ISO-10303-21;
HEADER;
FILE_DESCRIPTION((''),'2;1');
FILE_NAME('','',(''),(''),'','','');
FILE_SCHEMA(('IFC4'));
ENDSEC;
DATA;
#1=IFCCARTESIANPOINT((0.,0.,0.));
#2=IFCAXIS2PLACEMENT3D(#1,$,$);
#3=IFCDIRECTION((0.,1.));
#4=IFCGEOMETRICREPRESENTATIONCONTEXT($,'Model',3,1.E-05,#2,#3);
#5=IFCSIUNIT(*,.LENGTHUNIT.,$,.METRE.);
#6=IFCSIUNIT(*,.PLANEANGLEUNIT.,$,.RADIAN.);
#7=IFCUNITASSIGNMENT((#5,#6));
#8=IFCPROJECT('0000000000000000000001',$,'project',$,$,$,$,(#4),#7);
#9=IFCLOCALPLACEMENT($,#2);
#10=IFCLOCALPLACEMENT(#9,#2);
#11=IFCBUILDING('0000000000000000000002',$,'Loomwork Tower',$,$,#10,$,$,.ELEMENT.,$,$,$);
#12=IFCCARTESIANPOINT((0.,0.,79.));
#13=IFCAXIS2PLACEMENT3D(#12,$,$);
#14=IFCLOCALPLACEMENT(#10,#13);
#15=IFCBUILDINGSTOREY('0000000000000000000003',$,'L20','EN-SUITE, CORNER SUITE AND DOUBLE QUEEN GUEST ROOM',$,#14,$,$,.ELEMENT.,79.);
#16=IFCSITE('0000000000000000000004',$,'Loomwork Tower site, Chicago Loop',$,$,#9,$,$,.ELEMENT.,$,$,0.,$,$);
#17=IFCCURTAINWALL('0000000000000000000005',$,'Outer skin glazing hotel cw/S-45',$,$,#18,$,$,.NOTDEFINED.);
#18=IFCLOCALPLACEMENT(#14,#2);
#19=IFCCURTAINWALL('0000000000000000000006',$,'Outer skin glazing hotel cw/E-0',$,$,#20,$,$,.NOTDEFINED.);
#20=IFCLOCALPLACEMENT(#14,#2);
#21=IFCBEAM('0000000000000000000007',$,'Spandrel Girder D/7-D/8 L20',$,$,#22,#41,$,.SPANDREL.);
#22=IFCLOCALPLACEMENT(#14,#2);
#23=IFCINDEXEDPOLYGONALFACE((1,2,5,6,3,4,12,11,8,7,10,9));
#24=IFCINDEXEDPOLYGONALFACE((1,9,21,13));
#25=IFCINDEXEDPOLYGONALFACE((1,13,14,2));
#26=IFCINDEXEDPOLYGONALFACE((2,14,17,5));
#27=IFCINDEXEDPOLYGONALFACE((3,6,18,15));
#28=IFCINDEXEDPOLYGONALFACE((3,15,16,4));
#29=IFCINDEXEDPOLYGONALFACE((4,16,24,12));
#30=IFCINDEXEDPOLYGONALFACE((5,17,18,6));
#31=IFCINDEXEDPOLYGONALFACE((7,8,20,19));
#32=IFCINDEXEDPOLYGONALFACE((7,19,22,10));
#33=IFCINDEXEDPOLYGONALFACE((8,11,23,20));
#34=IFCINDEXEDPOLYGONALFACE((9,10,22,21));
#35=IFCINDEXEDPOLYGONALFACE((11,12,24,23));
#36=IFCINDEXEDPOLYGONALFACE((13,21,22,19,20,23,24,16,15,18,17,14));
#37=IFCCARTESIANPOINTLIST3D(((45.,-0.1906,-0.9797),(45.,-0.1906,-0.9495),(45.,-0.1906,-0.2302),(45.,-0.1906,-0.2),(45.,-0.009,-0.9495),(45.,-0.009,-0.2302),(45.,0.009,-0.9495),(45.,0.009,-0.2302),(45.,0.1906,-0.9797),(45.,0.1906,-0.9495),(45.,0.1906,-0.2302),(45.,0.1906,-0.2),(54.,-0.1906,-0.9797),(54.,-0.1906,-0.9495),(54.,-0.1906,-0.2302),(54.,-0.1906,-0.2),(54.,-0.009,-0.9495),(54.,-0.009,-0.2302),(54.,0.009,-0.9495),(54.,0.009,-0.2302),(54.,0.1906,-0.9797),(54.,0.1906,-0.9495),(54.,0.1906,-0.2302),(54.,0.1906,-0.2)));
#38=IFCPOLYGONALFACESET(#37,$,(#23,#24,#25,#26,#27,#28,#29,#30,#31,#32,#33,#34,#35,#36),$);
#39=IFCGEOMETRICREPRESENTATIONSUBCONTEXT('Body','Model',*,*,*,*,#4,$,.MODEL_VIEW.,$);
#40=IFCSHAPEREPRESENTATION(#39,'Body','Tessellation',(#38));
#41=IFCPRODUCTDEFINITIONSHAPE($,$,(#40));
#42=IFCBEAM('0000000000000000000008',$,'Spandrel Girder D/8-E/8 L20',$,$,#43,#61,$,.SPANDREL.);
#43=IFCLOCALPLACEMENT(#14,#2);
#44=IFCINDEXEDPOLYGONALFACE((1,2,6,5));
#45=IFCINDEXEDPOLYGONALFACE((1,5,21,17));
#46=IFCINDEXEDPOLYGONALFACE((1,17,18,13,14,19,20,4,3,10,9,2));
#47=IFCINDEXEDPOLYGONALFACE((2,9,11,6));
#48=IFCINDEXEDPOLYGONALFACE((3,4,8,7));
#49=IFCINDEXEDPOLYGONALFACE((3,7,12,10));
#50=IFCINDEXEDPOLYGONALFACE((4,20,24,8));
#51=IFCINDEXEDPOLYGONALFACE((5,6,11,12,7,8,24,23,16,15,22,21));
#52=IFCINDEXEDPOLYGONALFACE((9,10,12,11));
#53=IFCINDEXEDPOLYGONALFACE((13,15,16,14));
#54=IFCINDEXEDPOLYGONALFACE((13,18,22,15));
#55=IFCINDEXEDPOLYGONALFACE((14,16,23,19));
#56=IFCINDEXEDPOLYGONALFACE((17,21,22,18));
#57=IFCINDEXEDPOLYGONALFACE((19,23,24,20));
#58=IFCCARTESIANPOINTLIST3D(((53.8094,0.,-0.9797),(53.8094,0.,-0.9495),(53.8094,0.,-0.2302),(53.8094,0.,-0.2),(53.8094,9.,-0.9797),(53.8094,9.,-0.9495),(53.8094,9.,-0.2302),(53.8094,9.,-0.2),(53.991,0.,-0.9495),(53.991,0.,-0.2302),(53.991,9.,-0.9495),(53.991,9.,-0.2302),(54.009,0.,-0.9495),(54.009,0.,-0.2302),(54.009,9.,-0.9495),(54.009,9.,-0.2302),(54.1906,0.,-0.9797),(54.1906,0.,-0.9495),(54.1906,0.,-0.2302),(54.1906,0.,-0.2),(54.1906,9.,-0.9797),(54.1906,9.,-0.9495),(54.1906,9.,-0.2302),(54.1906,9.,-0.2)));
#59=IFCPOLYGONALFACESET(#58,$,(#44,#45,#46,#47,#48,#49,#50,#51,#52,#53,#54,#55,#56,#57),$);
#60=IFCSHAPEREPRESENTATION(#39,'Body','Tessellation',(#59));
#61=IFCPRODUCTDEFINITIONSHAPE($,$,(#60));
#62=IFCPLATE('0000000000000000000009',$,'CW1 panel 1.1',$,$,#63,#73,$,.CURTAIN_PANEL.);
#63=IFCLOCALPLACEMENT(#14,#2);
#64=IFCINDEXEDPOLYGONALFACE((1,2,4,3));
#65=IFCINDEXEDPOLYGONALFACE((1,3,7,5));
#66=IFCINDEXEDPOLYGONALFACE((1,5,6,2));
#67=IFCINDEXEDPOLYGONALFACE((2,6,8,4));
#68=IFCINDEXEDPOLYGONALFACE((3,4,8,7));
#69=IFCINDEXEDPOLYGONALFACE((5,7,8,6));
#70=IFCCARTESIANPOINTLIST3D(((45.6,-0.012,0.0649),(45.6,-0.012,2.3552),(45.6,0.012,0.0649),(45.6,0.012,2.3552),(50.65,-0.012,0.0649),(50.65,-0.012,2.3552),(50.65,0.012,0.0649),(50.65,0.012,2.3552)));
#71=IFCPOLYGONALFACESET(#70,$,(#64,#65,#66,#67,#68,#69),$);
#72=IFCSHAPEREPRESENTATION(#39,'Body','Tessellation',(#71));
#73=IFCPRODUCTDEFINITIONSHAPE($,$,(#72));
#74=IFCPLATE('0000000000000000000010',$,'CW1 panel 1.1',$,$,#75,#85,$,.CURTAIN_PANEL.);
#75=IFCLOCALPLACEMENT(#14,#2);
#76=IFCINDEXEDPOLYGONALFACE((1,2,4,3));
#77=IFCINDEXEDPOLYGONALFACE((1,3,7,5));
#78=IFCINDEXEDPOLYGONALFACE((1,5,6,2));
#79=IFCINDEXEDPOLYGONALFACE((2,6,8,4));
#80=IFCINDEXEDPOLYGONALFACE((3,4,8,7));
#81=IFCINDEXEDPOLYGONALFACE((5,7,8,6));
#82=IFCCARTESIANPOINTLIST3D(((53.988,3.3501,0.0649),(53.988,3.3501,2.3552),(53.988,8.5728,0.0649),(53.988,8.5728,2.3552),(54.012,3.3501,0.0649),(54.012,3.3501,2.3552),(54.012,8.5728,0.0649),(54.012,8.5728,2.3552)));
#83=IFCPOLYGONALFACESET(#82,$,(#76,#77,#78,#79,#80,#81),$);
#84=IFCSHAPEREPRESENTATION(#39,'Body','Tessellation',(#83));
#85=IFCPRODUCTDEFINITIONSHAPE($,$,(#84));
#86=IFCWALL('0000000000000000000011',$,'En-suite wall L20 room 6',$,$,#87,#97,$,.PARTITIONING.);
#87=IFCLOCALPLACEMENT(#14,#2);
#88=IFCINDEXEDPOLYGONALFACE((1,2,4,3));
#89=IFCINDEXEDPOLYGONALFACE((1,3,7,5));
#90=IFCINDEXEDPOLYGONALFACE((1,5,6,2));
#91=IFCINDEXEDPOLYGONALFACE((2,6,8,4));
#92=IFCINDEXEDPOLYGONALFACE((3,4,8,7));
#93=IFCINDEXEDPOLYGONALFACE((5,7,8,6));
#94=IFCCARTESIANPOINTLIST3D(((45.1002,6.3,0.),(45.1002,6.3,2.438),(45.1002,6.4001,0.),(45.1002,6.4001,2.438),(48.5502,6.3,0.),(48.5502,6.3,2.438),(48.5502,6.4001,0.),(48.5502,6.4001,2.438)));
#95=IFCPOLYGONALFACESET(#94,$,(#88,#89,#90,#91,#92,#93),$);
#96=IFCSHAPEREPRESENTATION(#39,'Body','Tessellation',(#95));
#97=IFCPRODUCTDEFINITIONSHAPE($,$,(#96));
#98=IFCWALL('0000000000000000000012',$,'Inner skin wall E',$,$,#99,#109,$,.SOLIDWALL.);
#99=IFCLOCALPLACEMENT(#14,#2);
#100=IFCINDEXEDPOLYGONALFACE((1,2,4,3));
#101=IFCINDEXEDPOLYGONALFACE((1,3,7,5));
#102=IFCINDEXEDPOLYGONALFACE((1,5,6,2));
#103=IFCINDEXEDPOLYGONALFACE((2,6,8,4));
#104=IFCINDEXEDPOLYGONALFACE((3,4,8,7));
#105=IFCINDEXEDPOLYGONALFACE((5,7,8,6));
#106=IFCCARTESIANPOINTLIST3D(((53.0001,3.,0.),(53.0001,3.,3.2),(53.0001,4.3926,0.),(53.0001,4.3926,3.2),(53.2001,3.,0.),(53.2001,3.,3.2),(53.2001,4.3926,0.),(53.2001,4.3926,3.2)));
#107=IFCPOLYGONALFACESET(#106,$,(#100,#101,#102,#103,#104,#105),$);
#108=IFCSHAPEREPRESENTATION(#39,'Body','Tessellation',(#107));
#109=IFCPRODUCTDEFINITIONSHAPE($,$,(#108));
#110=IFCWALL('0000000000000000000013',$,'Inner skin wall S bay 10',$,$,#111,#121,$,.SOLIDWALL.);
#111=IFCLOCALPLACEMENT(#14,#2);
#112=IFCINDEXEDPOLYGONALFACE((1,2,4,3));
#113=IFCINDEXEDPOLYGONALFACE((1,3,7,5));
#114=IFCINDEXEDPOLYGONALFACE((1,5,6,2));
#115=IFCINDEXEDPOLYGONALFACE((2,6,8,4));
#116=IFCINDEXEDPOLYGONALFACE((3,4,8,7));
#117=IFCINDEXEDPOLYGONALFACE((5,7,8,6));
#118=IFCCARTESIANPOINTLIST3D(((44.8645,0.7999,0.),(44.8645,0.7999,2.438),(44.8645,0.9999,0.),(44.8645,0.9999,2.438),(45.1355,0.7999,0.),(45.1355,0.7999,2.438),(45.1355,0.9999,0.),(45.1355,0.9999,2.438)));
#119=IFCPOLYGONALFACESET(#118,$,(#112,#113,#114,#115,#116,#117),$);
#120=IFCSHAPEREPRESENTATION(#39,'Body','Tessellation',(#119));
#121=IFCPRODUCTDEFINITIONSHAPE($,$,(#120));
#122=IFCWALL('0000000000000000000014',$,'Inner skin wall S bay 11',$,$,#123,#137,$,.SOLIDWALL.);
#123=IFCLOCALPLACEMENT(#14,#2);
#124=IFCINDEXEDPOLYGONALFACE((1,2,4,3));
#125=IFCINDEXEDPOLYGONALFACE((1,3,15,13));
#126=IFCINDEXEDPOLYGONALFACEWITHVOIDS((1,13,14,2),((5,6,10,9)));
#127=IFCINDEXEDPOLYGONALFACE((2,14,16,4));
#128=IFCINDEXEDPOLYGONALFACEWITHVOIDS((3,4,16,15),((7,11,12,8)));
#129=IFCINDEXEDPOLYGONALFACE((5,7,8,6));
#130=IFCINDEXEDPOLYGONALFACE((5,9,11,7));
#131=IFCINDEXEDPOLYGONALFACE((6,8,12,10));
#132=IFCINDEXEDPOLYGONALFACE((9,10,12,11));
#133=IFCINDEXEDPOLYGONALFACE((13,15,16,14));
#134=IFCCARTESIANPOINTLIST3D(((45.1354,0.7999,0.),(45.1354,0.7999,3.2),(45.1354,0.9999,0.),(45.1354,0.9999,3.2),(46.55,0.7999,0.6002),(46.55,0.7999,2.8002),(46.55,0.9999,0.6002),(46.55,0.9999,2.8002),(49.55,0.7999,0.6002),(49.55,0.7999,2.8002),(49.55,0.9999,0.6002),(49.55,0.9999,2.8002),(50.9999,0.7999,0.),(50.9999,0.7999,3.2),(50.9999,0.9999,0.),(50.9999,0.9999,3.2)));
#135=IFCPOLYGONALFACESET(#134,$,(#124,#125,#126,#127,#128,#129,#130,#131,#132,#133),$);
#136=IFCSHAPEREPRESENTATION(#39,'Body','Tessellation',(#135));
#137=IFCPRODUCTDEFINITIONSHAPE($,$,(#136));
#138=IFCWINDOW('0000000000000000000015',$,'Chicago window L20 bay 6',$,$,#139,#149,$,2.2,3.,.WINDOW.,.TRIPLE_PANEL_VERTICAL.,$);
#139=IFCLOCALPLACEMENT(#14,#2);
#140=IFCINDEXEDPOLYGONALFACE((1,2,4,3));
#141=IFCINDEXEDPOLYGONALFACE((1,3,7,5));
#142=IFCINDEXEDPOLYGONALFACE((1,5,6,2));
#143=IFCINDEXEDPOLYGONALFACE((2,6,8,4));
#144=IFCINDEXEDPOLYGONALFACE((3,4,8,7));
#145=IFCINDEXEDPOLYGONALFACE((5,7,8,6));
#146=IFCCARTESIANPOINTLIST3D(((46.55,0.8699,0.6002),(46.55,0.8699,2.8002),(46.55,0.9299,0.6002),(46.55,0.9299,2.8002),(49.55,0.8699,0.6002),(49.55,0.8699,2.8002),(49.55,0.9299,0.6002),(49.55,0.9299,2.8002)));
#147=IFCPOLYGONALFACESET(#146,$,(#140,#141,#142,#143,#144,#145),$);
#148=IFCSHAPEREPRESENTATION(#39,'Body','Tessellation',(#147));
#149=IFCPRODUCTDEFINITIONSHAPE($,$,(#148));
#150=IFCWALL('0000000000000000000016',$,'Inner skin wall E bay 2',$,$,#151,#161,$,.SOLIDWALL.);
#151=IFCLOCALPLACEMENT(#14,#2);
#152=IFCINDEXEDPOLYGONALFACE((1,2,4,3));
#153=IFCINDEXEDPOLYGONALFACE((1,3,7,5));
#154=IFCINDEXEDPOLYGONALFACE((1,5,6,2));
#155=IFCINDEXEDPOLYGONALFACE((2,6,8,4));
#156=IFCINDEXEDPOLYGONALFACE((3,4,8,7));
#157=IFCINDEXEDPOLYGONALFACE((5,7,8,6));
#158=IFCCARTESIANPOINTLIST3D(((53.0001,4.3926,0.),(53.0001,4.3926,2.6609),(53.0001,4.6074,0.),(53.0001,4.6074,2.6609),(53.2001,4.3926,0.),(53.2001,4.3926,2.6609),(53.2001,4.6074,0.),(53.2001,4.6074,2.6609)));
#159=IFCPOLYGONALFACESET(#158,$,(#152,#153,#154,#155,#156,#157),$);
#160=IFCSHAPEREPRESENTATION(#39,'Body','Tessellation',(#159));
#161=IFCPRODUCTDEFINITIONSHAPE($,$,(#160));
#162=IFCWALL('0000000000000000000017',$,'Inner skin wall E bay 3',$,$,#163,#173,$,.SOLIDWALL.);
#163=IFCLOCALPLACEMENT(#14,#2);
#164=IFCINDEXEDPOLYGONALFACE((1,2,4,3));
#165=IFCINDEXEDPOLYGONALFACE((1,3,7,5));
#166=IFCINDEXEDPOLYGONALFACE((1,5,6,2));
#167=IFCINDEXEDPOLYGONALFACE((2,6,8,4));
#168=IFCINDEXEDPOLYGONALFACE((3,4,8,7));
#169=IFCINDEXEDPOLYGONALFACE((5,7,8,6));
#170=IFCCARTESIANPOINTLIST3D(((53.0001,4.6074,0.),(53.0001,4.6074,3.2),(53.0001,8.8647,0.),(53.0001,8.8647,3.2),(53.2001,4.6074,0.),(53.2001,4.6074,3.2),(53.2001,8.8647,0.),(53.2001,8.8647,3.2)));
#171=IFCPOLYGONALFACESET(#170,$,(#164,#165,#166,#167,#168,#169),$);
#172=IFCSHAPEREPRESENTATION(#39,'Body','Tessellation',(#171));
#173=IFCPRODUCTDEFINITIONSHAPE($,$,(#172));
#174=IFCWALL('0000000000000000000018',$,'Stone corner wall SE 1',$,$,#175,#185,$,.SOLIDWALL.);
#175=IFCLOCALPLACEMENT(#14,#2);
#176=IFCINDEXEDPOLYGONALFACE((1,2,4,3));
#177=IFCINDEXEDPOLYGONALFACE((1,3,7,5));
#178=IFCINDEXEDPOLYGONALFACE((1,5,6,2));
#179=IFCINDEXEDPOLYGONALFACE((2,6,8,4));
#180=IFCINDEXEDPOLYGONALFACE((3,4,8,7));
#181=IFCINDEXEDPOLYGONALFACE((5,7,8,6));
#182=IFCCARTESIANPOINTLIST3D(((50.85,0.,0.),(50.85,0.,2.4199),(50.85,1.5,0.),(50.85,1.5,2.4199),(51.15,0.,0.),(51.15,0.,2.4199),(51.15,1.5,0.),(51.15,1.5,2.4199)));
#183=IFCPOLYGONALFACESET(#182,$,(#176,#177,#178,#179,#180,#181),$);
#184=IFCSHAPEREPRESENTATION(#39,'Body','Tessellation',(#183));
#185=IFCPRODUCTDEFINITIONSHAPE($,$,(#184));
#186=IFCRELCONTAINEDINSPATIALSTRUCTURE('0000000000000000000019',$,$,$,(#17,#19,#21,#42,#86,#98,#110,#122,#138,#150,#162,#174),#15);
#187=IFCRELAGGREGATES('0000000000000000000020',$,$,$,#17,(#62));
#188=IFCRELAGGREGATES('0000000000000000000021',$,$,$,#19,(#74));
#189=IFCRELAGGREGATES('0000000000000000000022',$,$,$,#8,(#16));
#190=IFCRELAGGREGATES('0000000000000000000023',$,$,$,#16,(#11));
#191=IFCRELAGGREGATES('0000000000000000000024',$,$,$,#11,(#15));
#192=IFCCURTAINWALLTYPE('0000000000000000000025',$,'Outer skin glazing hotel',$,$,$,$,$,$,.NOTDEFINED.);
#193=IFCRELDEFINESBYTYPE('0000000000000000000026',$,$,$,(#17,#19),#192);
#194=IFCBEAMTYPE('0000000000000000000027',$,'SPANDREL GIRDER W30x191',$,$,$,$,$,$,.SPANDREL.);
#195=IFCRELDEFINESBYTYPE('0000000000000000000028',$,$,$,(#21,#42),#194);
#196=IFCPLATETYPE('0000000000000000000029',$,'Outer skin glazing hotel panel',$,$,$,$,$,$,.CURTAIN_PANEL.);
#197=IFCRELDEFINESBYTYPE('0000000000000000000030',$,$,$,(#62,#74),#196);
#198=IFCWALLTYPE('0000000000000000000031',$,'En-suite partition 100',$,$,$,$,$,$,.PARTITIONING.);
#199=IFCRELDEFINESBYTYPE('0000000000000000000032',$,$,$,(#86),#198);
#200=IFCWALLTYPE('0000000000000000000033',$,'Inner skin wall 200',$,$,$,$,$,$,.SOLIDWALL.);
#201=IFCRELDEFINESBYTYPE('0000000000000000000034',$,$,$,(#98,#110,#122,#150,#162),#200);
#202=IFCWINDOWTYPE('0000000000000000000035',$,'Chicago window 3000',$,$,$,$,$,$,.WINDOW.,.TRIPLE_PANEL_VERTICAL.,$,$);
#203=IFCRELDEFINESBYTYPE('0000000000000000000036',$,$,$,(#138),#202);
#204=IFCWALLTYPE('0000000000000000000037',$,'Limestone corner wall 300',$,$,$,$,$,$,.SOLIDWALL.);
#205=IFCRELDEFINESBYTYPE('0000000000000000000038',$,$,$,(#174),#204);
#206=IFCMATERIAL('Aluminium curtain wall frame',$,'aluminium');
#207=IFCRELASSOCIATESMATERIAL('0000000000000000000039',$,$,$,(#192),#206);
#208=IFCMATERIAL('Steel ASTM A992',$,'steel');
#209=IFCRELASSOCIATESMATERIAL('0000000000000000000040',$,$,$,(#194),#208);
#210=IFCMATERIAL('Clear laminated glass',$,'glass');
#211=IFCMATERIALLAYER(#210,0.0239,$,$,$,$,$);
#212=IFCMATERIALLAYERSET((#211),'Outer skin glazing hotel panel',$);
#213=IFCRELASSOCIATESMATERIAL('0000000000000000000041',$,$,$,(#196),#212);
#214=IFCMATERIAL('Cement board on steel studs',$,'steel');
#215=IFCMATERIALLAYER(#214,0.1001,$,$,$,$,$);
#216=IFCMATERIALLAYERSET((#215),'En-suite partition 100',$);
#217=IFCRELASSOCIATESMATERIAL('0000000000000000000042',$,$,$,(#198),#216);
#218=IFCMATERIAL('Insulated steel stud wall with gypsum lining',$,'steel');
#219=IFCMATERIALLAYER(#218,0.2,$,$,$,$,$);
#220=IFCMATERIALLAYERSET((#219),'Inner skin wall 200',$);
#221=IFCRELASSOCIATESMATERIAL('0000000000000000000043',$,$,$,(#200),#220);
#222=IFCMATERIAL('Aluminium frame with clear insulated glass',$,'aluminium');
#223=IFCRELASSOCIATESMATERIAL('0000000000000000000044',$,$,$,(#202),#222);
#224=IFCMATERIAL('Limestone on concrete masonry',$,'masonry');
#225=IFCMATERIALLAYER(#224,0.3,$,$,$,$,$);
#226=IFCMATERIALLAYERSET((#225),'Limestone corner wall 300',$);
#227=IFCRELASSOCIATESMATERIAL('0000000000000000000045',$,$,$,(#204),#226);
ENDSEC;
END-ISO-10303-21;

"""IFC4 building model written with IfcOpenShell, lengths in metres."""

from ifc_helpers import new_model, si_unit, direction, frame, frame_2d, origin, origin_2d, place, context, subcontext, project, spatial, rectangle, i_section, extrude, material, layer, layer_set, material_profile, profile_set, type_object, element, fill, aggregate, save


model = new_model("IFC4")

# Units and contexts
model_context = context("Model", 3, precision=1e-05, world=origin(), true_north=direction((0.0, 1.0)))
body_context = subcontext(model_context, "Body", "Model", "MODEL_VIEW")
ifc_project = project(units=[si_unit("LENGTHUNIT", "METRE"), si_unit("PLANEANGLEUNIT", "RADIAN")], contexts=[model_context])

# Site, building, storey
site_placement = place(None, origin())
site = spatial("IfcSite", under=ifc_project, at=site_placement, Name="Loomwork Tower site, Chicago Loop", CompositionType="ELEMENT", RefElevation=0.0)
building_placement = place(site_placement, origin())
building = spatial("IfcBuilding", under=site, at=building_placement, Name="Loomwork Tower", CompositionType="ELEMENT")
storey_placement = place(building_placement, frame((0.0, 0.0, 79.0)))
storey = spatial("IfcBuildingStorey", under=building, at=storey_placement, Name="L20", Description="EN-SUITE, CORNER SUITE AND DOUBLE QUEEN GUEST ROOM", CompositionType="ELEMENT", Elevation=79.0)

# Shared definitions
ifc_material_1 = material(Name="Aluminium curtain wall frame", Category="aluminium")
curtain_wall_type = type_object("IfcCurtainWallType", Name="Outer skin glazing hotel", PredefinedType="NOTDEFINED", material=ifc_material_1)

# Curtain wall
curtain_wall_1_placement = place(storey_placement, origin())
curtain_wall_1 = element("IfcCurtainWall", 1, at=curtain_wall_1_placement, inside=storey, type_object=curtain_wall_type, Name="Outer skin glazing hotel cw/S-45", PredefinedType="NOTDEFINED")

# Curtain wall
curtain_wall_2_placement = place(storey_placement, origin())
curtain_wall_2 = element("IfcCurtainWall", 2, at=curtain_wall_2_placement, inside=storey, type_object=curtain_wall_type, Name="Outer skin glazing hotel cw/E-0", PredefinedType="NOTDEFINED")

# Beams
ifc_material_2 = material(Name="Steel ASTM A992", Category="steel")
ifc_material_profile_1 = material_profile(ifc_material_2, i_section(OverallWidth=0.3811, OverallDepth=0.7798, WebThickness=0.0181, FlangeThickness=0.0303, at=origin_2d()), Name="W30x191")
ifc_profile_set_1 = profile_set([ifc_material_profile_1], Name="Steel ASTM A992")
beam_type_1 = type_object("IfcBeamType", Name="SPANDREL GIRDER W30x191", PredefinedType="SPANDREL", material=ifc_profile_set_1)
for number, where, z_axis, x_axis, name in (
    (3, (45.0, 0.0, -0.5898), (1.0, 0.0, 0.0), (0.0, 1.0, 0.0), "Spandrel Girder D/7-D/8 L20"),
    (4, (54.0, 0.0, -0.5898), (0.0, 1.0, 0.0), (-1.0, 0.0, 0.0), "Spandrel Girder D/8-E/8 L20"),
):
    element("IfcBeam", number, at=place(storey_placement, frame(where, z_axis=z_axis, x_axis=x_axis)), inside=storey, type_object=beam_type_1, Name=name, PredefinedType="SPANDREL", context=body_context, shape_type="SweptSolid", body=[
        extrude(i_section(OverallWidth=0.3811, OverallDepth=0.7798, WebThickness=0.0181, FlangeThickness=0.0303, at=origin_2d()), origin(), (0.0, 0.0, 1.0), 9.0),
    ])

# Plates
ifc_material_3 = material(Name="Clear laminated glass", Category="glass")
ifc_layer_1 = layer(ifc_material_3, 0.0239)
ifc_layer_set_1 = layer_set([ifc_layer_1], Name="Outer skin glazing hotel panel")
plate_type = type_object("IfcPlateType", Name="Outer skin glazing hotel panel", PredefinedType="CURTAIN_PANEL", material=ifc_layer_set_1)
plate_1_placement = place(storey_placement, frame((48.125, 0.0, 0.0649), z_axis=(0.0, 0.0, 1.0), x_axis=(1.0, 0.0, 0.0)))
plate_1 = element("IfcPlate", 5, at=plate_1_placement, type_object=plate_type, Name="CW1 panel 1.1", PredefinedType="CURTAIN_PANEL", context=body_context, shape_type="SweptSolid", body=[
    extrude(rectangle(XDim=5.05, YDim=0.0239, at=origin_2d()), origin(), (0.0, 0.0, 1.0), 2.2903),
])
aggregate(curtain_wall_1, [plate_1])
plate_2_placement = place(storey_placement, frame((54.0, 5.9614, 0.0649), z_axis=(0.0, 0.0, 1.0), x_axis=(0.0, 1.0, 0.0)))
plate_2 = element("IfcPlate", 6, at=plate_2_placement, type_object=plate_type, Name="CW1 panel 1.1", PredefinedType="CURTAIN_PANEL", context=body_context, shape_type="SweptSolid", body=[
    extrude(rectangle(XDim=5.2227, YDim=0.0239, at=origin_2d()), origin(), (0.0, 0.0, 1.0), 2.2903),
])
aggregate(curtain_wall_2, [plate_2])

# Walls
ifc_material_4 = material(Name="Cement board on steel studs", Category="steel")
ifc_layer_2 = layer(ifc_material_4, 0.1001)
ifc_layer_set_2 = layer_set([ifc_layer_2], Name="En-suite partition 100")
wall_type_1 = type_object("IfcWallType", Name="En-suite partition 100", PredefinedType="PARTITIONING", material=ifc_layer_set_2)
wall_1_placement = place(storey_placement, frame((45.1001, 6.3501, 0.0), z_axis=(0.0, 0.0, 1.0), x_axis=(1.0, 0.0, 0.0)))
element("IfcWall", 7, at=wall_1_placement, inside=storey, type_object=wall_type_1, Name="En-suite wall L20 room 6", PredefinedType="PARTITIONING", context=body_context, shape_type="SweptSolid", body=[
    extrude(rectangle(XDim=3.45, YDim=0.1001, at=frame_2d((1.7251, 0.0))), origin(), (0.0, 0.0, 1.0), 2.438),
])
ifc_material_5 = material(Name="Insulated steel stud wall with gypsum lining", Category="steel")
ifc_layer_3 = layer(ifc_material_5, 0.2)
ifc_layer_set_3 = layer_set([ifc_layer_3], Name="Inner skin wall 200")
wall_type_2 = type_object("IfcWallType", Name="Inner skin wall 200", PredefinedType="SOLIDWALL", material=ifc_layer_set_3)
wall_2_placement = place(storey_placement, frame((53.1001, 3.0, 0.0), z_axis=(0.0, 0.0, 1.0), x_axis=(0.0, 1.0, 0.0)))
element("IfcWall", 8, at=wall_2_placement, inside=storey, type_object=wall_type_2, Name="Inner skin wall E", PredefinedType="SOLIDWALL", context=body_context, shape_type="SweptSolid", body=[
    extrude(rectangle(XDim=1.3926, YDim=0.2, at=frame_2d((0.6963, 0.0))), origin(), (0.0, 0.0, 1.0), 3.2),
])
wall_3_placement = place(storey_placement, frame((44.8645, 0.8999, 0.0), z_axis=(0.0, 0.0, 1.0), x_axis=(1.0, 0.0, 0.0)))
element("IfcWall", 9, at=wall_3_placement, inside=storey, type_object=wall_type_2, Name="Inner skin wall S bay 10", PredefinedType="SOLIDWALL", context=body_context, shape_type="SweptSolid", body=[
    extrude(rectangle(XDim=0.271, YDim=0.2, at=frame_2d((0.1355, 0.0))), origin(), (0.0, 0.0, 1.0), 2.438),
])

# Wall, opening, window
wall_4_placement = place(storey_placement, frame((45.1355, 0.8999, 0.0), z_axis=(0.0, 0.0, 1.0), x_axis=(1.0, 0.0, 0.0)))
wall_4 = element("IfcWall", 10, at=wall_4_placement, inside=storey, type_object=wall_type_2, Name="Inner skin wall S bay 11", PredefinedType="SOLIDWALL", context=body_context, shape_type="SweptSolid", body=[
    extrude(rectangle(XDim=5.8645, YDim=0.2, at=frame_2d((2.9321, 0.0))), origin(), (0.0, 0.0, 1.0), 3.2),
])
opening_1_placement = place(wall_4_placement, frame((1.4146, 0.0, 0.6001)))
opening_1 = element("IfcOpeningElement", 11, at=opening_1_placement, cuts=wall_4, PredefinedType="OPENING", context=body_context, shape_type="SweptSolid", body=[
    extrude(rectangle(XDim=3.0, YDim=2.2, at=frame_2d((1.5, 1.1001))), frame((0.0, 0.1099, 0.0), z_axis=(0.0, -1.0, 0.0), x_axis=(1.0, 0.0, 0.0)), (0.0, 0.0, 1.0), 0.22),
])
ifc_material_6 = material(Name="Aluminium frame with clear insulated glass", Category="aluminium")
window_type_1 = type_object("IfcWindowType", Name="Chicago window 3000", PartitioningType="TRIPLE_PANEL_VERTICAL", PredefinedType="WINDOW", material=ifc_material_6)
window_1_placement = place(opening_1_placement, origin())
window_1 = element("IfcWindow", 12, at=window_1_placement, inside=storey, type_object=window_type_1, Name="Chicago window L20 bay 6", OverallHeight=2.2, OverallWidth=3.0, PartitioningType="TRIPLE_PANEL_VERTICAL", PredefinedType="WINDOW", context=body_context, shape_type="SweptSolid", body=[
    extrude(rectangle(XDim=3.0, YDim=2.2, at=frame_2d((1.5, 1.1001))), frame((0.0, 0.03, 0.0), z_axis=(0.0, -1.0, 0.0), x_axis=(1.0, 0.0, 0.0)), (0.0, 0.0, 1.0), 0.0601),
])
fill(opening_1, window_1)

# Walls
wall_5_placement = place(storey_placement, frame((53.1001, 4.3926, 0.0), z_axis=(0.0, 0.0, 1.0), x_axis=(0.0, 1.0, 0.0)))
element("IfcWall", 13, at=wall_5_placement, inside=storey, type_object=wall_type_2, Name="Inner skin wall E bay 2", PredefinedType="SOLIDWALL", context=body_context, shape_type="SweptSolid", body=[
    extrude(rectangle(XDim=0.2148, YDim=0.2, at=frame_2d((0.1074, 0.0))), origin(), (0.0, 0.0, 1.0), 2.6609),
])
wall_6_placement = place(storey_placement, frame((53.1001, 4.6074, 0.0), z_axis=(0.0, 0.0, 1.0), x_axis=(0.0, 1.0, 0.0)))
element("IfcWall", 14, at=wall_6_placement, inside=storey, type_object=wall_type_2, Name="Inner skin wall E bay 3", PredefinedType="SOLIDWALL", context=body_context, shape_type="SweptSolid", body=[
    extrude(rectangle(XDim=4.2573, YDim=0.2, at=frame_2d((2.1287, 0.0))), origin(), (0.0, 0.0, 1.0), 3.2),
])
ifc_material_7 = material(Name="Limestone on concrete masonry", Category="masonry")
ifc_layer_4 = layer(ifc_material_7, 0.3)
ifc_layer_set_4 = layer_set([ifc_layer_4], Name="Limestone corner wall 300")
wall_type_3 = type_object("IfcWallType", Name="Limestone corner wall 300", PredefinedType="SOLIDWALL", material=ifc_layer_set_4)
wall_7_placement = place(storey_placement, frame((51.0, 0.0, 0.0), z_axis=(0.0, 0.0, 1.0), x_axis=(0.0, 1.0, 0.0)))
element("IfcWall", 15, at=wall_7_placement, inside=storey, type_object=wall_type_3, Name="Stone corner wall SE 1", PredefinedType="SOLIDWALL", context=body_context, shape_type="SweptSolid", body=[
    extrude(rectangle(XDim=1.5, YDim=0.3, at=frame_2d((0.75, 0.0))), origin(), (0.0, 0.0, 1.0), 2.4199),
])

save(model, "model.ifc")
